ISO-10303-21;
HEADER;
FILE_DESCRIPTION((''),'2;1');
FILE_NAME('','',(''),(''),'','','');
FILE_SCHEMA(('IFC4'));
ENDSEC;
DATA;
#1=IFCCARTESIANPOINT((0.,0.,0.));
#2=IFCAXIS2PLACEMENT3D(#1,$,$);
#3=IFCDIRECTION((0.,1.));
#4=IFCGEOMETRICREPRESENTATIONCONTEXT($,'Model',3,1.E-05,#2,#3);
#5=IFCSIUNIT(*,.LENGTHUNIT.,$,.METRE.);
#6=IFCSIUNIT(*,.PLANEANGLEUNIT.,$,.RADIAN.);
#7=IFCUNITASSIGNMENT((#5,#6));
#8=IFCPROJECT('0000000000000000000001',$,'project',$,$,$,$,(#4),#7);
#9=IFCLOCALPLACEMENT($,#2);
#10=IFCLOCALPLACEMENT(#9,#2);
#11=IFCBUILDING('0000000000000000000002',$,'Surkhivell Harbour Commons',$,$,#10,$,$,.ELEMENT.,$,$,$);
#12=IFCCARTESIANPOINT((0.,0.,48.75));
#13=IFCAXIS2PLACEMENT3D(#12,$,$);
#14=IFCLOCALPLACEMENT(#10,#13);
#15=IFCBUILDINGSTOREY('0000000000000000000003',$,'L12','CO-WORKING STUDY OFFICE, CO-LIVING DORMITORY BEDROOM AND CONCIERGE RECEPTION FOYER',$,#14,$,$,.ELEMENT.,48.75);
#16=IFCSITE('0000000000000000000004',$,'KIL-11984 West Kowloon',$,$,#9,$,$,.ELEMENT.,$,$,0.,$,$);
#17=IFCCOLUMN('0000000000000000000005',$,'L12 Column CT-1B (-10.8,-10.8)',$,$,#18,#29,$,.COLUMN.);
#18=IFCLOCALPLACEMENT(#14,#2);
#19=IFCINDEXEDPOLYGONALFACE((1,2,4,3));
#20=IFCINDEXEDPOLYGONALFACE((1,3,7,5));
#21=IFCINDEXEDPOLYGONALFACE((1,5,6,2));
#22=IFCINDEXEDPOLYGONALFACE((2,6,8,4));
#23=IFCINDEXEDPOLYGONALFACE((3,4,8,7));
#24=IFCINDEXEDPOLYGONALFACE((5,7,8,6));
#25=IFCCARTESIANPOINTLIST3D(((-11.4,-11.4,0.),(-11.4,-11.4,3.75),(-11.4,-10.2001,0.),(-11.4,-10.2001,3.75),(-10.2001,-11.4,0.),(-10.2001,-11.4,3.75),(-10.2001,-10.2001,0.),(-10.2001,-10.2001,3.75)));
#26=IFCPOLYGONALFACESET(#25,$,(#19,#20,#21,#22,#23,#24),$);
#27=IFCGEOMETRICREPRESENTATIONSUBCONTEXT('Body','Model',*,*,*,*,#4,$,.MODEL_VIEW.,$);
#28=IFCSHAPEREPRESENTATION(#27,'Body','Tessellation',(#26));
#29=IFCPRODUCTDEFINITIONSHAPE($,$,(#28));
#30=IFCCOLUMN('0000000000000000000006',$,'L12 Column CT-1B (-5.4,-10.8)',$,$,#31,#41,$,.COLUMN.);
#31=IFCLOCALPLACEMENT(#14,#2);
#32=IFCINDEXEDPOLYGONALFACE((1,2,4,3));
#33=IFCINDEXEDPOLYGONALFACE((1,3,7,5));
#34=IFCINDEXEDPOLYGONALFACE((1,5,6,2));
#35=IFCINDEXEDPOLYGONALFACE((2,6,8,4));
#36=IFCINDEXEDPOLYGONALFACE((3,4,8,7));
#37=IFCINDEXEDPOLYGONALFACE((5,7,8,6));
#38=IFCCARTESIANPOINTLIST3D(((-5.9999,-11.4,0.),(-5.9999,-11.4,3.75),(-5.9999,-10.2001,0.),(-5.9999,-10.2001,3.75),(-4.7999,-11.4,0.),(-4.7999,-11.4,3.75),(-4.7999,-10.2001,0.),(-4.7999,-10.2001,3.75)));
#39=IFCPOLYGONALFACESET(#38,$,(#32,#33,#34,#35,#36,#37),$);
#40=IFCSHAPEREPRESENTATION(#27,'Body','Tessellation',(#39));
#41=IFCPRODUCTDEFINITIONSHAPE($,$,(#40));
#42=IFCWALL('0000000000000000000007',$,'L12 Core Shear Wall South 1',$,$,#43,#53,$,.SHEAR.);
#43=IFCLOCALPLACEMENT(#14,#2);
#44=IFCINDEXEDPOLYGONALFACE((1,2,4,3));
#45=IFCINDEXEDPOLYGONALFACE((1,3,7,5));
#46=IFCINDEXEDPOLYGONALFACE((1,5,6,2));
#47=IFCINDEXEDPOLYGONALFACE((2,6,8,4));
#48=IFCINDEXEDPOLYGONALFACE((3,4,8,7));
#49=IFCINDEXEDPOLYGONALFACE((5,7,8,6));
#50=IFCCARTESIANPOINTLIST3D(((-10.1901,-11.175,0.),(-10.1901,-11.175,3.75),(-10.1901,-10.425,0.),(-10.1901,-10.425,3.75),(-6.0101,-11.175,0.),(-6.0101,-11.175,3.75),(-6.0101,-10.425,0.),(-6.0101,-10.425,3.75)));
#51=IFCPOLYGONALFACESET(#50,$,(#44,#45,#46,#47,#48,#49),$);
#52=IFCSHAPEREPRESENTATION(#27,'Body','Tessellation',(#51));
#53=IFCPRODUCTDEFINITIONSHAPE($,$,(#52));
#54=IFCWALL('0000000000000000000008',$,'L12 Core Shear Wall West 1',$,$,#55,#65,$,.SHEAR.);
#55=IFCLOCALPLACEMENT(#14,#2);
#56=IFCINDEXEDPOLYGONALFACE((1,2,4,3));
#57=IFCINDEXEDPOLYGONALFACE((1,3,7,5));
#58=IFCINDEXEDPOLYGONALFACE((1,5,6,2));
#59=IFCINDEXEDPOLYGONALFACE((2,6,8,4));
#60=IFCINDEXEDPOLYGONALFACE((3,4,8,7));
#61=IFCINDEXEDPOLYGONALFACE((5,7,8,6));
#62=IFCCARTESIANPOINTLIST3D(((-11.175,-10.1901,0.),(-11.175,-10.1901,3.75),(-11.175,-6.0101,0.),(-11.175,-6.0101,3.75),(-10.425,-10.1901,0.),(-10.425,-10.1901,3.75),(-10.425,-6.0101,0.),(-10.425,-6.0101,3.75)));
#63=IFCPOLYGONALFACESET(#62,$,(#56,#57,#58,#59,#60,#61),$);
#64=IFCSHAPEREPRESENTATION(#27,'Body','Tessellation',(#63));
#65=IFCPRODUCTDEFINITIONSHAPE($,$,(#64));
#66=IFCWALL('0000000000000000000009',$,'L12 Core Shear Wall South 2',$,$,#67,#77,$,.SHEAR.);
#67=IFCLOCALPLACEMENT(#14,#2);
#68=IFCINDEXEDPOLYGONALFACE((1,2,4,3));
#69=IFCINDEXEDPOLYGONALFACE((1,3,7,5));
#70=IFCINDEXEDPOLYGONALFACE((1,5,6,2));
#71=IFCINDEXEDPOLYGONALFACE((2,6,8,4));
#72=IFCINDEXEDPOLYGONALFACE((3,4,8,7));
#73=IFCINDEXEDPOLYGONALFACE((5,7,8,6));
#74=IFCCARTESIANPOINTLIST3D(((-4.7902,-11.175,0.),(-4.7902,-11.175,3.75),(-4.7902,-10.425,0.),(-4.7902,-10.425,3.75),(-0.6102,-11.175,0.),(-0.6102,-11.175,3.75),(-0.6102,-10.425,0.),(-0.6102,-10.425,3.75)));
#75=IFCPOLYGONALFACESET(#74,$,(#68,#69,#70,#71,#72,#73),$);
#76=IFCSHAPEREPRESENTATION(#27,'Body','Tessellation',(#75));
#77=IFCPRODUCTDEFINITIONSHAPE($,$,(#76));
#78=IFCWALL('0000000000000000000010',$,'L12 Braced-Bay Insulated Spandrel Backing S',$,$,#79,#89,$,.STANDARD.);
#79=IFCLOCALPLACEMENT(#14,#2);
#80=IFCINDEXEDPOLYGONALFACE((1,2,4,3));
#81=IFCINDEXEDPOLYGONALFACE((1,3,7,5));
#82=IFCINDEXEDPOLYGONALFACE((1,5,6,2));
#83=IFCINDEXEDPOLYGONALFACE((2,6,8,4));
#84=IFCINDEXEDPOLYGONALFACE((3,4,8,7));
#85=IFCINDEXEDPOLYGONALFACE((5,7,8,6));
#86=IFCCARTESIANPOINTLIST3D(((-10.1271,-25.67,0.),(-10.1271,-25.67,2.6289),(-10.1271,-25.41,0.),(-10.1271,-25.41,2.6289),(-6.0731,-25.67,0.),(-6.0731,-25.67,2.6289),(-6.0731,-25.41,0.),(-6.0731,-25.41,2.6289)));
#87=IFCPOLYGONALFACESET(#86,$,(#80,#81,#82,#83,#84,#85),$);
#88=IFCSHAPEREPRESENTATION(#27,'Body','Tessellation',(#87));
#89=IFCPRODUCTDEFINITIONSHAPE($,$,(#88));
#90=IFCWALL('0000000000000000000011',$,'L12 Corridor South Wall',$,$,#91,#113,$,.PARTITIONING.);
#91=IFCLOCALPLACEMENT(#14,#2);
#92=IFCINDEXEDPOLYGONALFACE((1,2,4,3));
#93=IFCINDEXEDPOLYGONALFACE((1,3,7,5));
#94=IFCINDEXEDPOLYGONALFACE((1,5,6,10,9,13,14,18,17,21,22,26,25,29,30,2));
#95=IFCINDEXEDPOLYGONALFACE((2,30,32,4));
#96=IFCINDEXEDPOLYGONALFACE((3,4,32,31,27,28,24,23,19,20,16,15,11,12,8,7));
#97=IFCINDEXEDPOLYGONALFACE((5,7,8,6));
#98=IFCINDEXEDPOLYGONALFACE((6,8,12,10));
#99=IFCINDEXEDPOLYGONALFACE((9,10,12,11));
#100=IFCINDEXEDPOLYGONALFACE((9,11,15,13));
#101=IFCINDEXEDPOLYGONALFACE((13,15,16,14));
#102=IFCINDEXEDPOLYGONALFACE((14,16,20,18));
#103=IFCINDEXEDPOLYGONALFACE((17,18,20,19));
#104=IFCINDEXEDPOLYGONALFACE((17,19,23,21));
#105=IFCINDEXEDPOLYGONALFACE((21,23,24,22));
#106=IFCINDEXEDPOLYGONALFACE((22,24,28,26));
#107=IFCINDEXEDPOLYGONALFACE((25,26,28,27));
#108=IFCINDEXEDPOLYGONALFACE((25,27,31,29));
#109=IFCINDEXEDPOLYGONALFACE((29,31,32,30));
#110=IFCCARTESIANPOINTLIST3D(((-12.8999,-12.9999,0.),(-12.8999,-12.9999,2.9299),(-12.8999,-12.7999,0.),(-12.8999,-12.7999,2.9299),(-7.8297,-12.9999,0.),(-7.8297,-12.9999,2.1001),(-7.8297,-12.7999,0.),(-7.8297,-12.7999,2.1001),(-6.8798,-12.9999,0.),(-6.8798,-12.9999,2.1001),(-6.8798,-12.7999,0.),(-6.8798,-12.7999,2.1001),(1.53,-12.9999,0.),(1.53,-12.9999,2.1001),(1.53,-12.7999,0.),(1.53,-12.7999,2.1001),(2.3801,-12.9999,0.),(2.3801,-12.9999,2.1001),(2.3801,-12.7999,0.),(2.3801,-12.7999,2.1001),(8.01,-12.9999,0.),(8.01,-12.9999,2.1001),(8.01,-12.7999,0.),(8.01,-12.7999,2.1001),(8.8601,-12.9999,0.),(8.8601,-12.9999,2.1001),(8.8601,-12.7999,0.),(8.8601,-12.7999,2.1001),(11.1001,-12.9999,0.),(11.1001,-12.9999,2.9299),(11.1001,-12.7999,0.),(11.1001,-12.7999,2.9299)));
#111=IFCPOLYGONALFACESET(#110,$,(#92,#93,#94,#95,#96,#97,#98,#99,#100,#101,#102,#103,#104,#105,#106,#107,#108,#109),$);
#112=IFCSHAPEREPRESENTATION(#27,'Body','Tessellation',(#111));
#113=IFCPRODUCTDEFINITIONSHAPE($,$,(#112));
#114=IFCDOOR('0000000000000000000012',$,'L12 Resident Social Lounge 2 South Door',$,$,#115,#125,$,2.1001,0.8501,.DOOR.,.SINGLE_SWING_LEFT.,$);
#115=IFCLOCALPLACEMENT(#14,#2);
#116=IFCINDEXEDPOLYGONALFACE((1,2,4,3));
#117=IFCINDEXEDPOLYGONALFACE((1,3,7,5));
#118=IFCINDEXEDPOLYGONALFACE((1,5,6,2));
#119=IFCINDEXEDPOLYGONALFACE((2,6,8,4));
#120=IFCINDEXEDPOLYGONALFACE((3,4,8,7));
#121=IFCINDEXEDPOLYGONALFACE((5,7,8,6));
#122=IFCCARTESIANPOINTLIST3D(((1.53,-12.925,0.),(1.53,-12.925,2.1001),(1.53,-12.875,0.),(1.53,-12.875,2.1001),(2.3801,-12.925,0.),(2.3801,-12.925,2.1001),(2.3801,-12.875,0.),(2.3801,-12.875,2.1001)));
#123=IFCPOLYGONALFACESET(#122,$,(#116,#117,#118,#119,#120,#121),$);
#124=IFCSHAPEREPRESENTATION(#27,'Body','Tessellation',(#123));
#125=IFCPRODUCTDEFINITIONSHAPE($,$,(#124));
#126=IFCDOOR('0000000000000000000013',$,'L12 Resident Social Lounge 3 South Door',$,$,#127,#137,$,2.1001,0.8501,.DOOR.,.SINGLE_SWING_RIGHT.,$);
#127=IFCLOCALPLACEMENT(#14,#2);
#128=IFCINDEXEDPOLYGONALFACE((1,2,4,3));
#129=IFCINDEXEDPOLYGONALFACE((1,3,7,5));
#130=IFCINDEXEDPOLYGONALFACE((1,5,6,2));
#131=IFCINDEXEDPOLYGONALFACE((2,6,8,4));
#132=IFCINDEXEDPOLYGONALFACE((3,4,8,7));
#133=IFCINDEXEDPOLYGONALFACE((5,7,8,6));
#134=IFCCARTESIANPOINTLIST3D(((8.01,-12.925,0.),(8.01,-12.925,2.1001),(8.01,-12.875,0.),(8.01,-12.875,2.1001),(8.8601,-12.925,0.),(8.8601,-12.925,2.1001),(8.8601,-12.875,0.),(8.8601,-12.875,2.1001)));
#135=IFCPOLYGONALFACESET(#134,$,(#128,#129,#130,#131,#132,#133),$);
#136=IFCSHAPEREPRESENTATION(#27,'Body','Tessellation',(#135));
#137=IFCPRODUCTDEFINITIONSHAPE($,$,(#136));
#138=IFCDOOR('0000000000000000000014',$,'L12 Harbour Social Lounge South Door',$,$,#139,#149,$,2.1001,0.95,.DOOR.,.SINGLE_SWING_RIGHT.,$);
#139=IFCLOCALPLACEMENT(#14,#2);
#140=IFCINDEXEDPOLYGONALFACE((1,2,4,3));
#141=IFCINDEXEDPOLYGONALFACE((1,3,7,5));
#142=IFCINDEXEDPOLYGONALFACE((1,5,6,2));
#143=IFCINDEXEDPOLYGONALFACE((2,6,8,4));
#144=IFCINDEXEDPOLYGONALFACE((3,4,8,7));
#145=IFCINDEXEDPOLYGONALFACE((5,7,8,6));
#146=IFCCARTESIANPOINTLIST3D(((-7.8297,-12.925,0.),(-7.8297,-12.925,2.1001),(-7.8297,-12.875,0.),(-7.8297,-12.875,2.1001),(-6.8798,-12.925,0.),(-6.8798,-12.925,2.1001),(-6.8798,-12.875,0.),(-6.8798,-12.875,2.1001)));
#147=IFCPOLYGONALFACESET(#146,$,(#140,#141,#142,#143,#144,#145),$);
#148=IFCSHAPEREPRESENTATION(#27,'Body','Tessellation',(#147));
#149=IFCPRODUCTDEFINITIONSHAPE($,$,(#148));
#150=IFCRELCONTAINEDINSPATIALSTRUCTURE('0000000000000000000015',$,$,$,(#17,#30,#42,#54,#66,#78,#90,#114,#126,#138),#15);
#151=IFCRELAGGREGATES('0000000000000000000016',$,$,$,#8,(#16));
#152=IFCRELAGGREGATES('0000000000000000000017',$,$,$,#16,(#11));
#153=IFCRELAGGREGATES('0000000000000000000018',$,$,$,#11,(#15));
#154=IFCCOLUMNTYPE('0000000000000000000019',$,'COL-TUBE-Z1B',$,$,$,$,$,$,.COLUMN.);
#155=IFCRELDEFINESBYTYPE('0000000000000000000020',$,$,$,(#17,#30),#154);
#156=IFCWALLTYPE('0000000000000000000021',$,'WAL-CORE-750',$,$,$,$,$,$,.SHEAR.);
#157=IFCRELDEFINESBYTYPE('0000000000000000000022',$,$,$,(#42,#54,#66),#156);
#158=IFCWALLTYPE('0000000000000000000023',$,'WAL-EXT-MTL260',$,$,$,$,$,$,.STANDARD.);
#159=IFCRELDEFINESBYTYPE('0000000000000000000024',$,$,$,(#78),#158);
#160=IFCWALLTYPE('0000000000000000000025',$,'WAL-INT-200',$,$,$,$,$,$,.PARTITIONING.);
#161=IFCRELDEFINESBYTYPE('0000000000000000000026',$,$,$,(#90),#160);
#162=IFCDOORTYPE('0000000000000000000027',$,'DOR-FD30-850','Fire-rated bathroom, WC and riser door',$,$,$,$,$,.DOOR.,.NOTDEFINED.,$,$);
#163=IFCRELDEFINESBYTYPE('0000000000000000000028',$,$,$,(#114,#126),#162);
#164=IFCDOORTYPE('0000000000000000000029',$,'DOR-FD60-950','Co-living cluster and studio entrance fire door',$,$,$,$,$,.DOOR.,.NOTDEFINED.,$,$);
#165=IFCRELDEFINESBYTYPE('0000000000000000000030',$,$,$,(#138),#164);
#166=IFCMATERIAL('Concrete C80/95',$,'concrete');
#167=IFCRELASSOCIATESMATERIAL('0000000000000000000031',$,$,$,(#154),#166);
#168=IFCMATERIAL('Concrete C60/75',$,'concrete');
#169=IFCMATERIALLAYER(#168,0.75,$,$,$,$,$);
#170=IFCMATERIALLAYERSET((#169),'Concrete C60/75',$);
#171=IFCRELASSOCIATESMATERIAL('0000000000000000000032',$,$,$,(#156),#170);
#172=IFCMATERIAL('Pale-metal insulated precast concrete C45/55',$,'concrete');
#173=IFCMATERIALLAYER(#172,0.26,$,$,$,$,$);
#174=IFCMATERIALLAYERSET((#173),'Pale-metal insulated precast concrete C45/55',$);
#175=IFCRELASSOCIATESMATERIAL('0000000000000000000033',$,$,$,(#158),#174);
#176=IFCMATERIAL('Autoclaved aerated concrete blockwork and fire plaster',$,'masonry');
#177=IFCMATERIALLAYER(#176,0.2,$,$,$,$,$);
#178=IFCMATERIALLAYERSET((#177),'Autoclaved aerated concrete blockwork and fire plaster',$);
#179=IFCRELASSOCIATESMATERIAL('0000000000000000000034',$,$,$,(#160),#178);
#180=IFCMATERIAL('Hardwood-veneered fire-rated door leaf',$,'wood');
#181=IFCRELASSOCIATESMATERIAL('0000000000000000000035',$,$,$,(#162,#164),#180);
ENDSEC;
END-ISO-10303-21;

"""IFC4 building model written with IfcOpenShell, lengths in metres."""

from ifc_helpers import new_model, si_unit, direction, frame, frame_2d, origin, origin_2d, place, context, subcontext, project, spatial, rectangle, extrude, material, layer, layer_set, material_profile, profile_set, type_object, element, fill, save


model = new_model("IFC4")

# Units and contexts
model_context = context("Model", 3, precision=1e-05, world=origin(), true_north=direction((0.0, 1.0)))
body_context = subcontext(model_context, "Body", "Model", "MODEL_VIEW")
ifc_project = project(units=[si_unit("LENGTHUNIT", "METRE"), si_unit("PLANEANGLEUNIT", "RADIAN")], contexts=[model_context])

# Site, building, storey
site_placement = place(None, origin())
site = spatial("IfcSite", under=ifc_project, at=site_placement, Name="KIL-11984 West Kowloon", CompositionType="ELEMENT", RefElevation=0.0)
building_placement = place(site_placement, origin())
building = spatial("IfcBuilding", under=site, at=building_placement, Name="Surkhivell Harbour Commons", CompositionType="ELEMENT")
storey_placement = place(building_placement, frame((0.0, 0.0, 48.75)))
storey = spatial("IfcBuildingStorey", under=building, at=storey_placement, Name="L12", Description="CO-WORKING STUDY OFFICE, CO-LIVING DORMITORY BEDROOM AND CONCIERGE RECEPTION FOYER", CompositionType="ELEMENT", Elevation=48.75)

# Columns
ifc_material_1 = material(Name="Concrete C80/95", Category="concrete")
ifc_material_profile = material_profile(ifc_material_1, rectangle(XDim=1.2, YDim=1.2, at=origin_2d()), Name="RC-COL-1200x1200")
ifc_profile_set = profile_set([ifc_material_profile], Name="Concrete C80/95")
column_type = type_object("IfcColumnType", Name="COL-TUBE-Z1B", PredefinedType="COLUMN", material=ifc_profile_set)
for number, where, z_axis, x_axis, name in (
    (1, (-10.8, -10.8, 0.0), (0.0, 0.0, 1.0), (1.0, 0.0, 0.0), "L12 Column CT-1B (-10.8,-10.8)"),
    (2, (-5.3999, -10.8, 0.0), (0.0, 0.0, 1.0), (1.0, 0.0, 0.0), "L12 Column CT-1B (-5.4,-10.8)"),
):
    element("IfcColumn", number, at=place(storey_placement, frame(where, z_axis=z_axis, x_axis=x_axis)), inside=storey, type_object=column_type, Name=name, PredefinedType="COLUMN", context=body_context, shape_type="SweptSolid", body=[
        extrude(rectangle(XDim=1.2, YDim=1.2, at=origin_2d()), origin(), (0.0, 0.0, 1.0), 3.75),
    ])

# Walls
ifc_material_2 = material(Name="Concrete C60/75", Category="concrete")
ifc_layer_1 = layer(ifc_material_2, 0.75)
ifc_layer_set_1 = layer_set([ifc_layer_1], Name="Concrete C60/75")
wall_type_1 = type_object("IfcWallType", Name="WAL-CORE-750", PredefinedType="SHEAR", material=ifc_layer_set_1)
for number, where, z_axis, x_axis, name in (
    (3, (-10.1899, -10.8, 0.0), (0.0, 0.0, 1.0), (1.0, 0.0, 0.0), "L12 Core Shear Wall South 1"),
    (4, (-10.8, -10.1899, 0.0), (0.0, 0.0, 1.0), (0.0, 1.0, 0.0), "L12 Core Shear Wall West 1"),
    (5, (-4.79, -10.8, 0.0), (0.0, 0.0, 1.0), (1.0, 0.0, 0.0), "L12 Core Shear Wall South 2"),
):
    element("IfcWall", number, at=place(storey_placement, frame(where, z_axis=z_axis, x_axis=x_axis)), inside=storey, type_object=wall_type_1, Name=name, PredefinedType="SHEAR", context=body_context, shape_type="SweptSolid", body=[
        extrude(rectangle(XDim=4.1799, YDim=0.75, at=frame_2d((2.0898, 0.0))), origin(), (0.0, 0.0, 1.0), 3.75),
    ])
ifc_material_3 = material(Name="Pale-metal insulated precast concrete C45/55", Category="concrete")
ifc_layer_2 = layer(ifc_material_3, 0.26)
ifc_layer_set_2 = layer_set([ifc_layer_2], Name="Pale-metal insulated precast concrete C45/55")
wall_type_2 = type_object("IfcWallType", Name="WAL-EXT-MTL260", PredefinedType="STANDARD", material=ifc_layer_set_2)
wall_1_placement = place(storey_placement, frame((-10.127, -25.54, 0.0), z_axis=(0.0, 0.0, 1.0), x_axis=(1.0, 0.0, 0.0)))
element("IfcWall", 6, at=wall_1_placement, inside=storey, type_object=wall_type_2, Name="L12 Braced-Bay Insulated Spandrel Backing S", PredefinedType="STANDARD", context=body_context, shape_type="SweptSolid", body=[
    extrude(rectangle(XDim=4.054, YDim=0.26, at=frame_2d((2.0269, 0.0))), origin(), (0.0, 0.0, 1.0), 2.6289),
])

# Wall, openings, doors
ifc_material_4 = material(Name="Autoclaved aerated concrete blockwork and fire plaster", Category="masonry")
ifc_layer_3 = layer(ifc_material_4, 0.2)
ifc_layer_set_3 = layer_set([ifc_layer_3], Name="Autoclaved aerated concrete blockwork and fire plaster")
wall_type_3 = type_object("IfcWallType", Name="WAL-INT-200", PredefinedType="PARTITIONING", material=ifc_layer_set_3)
wall_2_placement = place(storey_placement, frame((-12.8999, -12.8999, 0.0), z_axis=(0.0, 0.0, 1.0), x_axis=(1.0, 0.0, 0.0)))
wall_2 = element("IfcWall", 7, at=wall_2_placement, inside=storey, type_object=wall_type_3, Name="L12 Corridor South Wall", PredefinedType="PARTITIONING", context=body_context, shape_type="SweptSolid", body=[
    extrude(rectangle(XDim=24.0, YDim=0.2, at=frame_2d((12.0, 0.0))), origin(), (0.0, 0.0, 1.0), 2.9299),
])
opening_1_placement = place(wall_2_placement, frame((5.0701, 0.0, 0.0)))
opening_1 = element("IfcOpeningElement", 8, at=opening_1_placement, cuts=wall_2, PredefinedType="OPENING", context=body_context, shape_type="SweptSolid", body=[
    extrude(rectangle(XDim=0.95, YDim=2.1001, at=frame_2d((0.4751, 1.05))), frame((0.0, 0.1099, 0.0), z_axis=(0.0, -1.0, 0.0), x_axis=(1.0, 0.0, 0.0)), (0.0, 0.0, 1.0), 0.22),
])
opening_2_placement = place(wall_2_placement, frame((14.4299, 0.0, 0.0)))
opening_2 = element("IfcOpeningElement", 9, at=opening_2_placement, cuts=wall_2, PredefinedType="OPENING", context=body_context, shape_type="SweptSolid", body=[
    extrude(rectangle(XDim=0.8501, YDim=2.1001, at=frame_2d((0.425, 1.05))), frame((0.0, 0.1099, 0.0), z_axis=(0.0, -1.0, 0.0), x_axis=(1.0, 0.0, 0.0)), (0.0, 0.0, 1.0), 0.22),
])
opening_3_placement = place(wall_2_placement, frame((20.9099, 0.0, 0.0)))
opening_3 = element("IfcOpeningElement", 10, at=opening_3_placement, cuts=wall_2, PredefinedType="OPENING", context=body_context, shape_type="SweptSolid", body=[
    extrude(rectangle(XDim=0.8501, YDim=2.1001, at=frame_2d((0.425, 1.05))), frame((0.0, 0.1099, 0.0), z_axis=(0.0, -1.0, 0.0), x_axis=(1.0, 0.0, 0.0)), (0.0, 0.0, 1.0), 0.22),
])
ifc_material_5 = material(Name="Hardwood-veneered fire-rated door leaf", Category="wood")
door_type_1 = type_object("IfcDoorType", Name="DOR-FD30-850", Description="Fire-rated bathroom, WC and riser door", OperationType="NOTDEFINED", PredefinedType="DOOR", material=ifc_material_5)
door_1_placement = place(opening_2_placement, origin())
door_1 = element("IfcDoor", 11, at=door_1_placement, inside=storey, type_object=door_type_1, Name="L12 Resident Social Lounge 2 South Door", OperationType="SINGLE_SWING_LEFT", OverallHeight=2.1001, OverallWidth=0.8501, PredefinedType="DOOR", context=body_context, shape_type="SweptSolid", body=[
    extrude(rectangle(XDim=0.8501, YDim=2.1001, at=frame_2d((0.425, 1.05))), frame((0.0, 0.0249, 0.0), z_axis=(0.0, -1.0, 0.0), x_axis=(1.0, 0.0, 0.0)), (0.0, 0.0, 1.0), 0.05),
])
fill(opening_2, door_1)
door_2_placement = place(opening_3_placement, origin())
door_2 = element("IfcDoor", 12, at=door_2_placement, inside=storey, type_object=door_type_1, Name="L12 Resident Social Lounge 3 South Door", OperationType="SINGLE_SWING_RIGHT", OverallHeight=2.1001, OverallWidth=0.8501, PredefinedType="DOOR", context=body_context, shape_type="SweptSolid", body=[
    extrude(rectangle(XDim=0.8501, YDim=2.1001, at=frame_2d((0.425, 1.05))), frame((0.0, 0.0249, 0.0), z_axis=(0.0, -1.0, 0.0), x_axis=(1.0, 0.0, 0.0)), (0.0, 0.0, 1.0), 0.05),
])
fill(opening_3, door_2)
door_type_2 = type_object("IfcDoorType", Name="DOR-FD60-950", Description="Co-living cluster and studio entrance fire door", OperationType="NOTDEFINED", PredefinedType="DOOR", material=ifc_material_5)
door_3_placement = place(opening_1_placement, origin())
door_3 = element("IfcDoor", 13, at=door_3_placement, inside=storey, type_object=door_type_2, Name="L12 Harbour Social Lounge South Door", OperationType="SINGLE_SWING_RIGHT", OverallHeight=2.1001, OverallWidth=0.95, PredefinedType="DOOR", context=body_context, shape_type="SweptSolid", body=[
    extrude(rectangle(XDim=0.95, YDim=2.1001, at=frame_2d((0.4751, 1.05))), frame((0.0, 0.0249, 0.0), z_axis=(0.0, -1.0, 0.0), x_axis=(1.0, 0.0, 0.0)), (0.0, 0.0, 1.0), 0.05),
])
fill(opening_1, door_3)

save(model, "model.ifc")
